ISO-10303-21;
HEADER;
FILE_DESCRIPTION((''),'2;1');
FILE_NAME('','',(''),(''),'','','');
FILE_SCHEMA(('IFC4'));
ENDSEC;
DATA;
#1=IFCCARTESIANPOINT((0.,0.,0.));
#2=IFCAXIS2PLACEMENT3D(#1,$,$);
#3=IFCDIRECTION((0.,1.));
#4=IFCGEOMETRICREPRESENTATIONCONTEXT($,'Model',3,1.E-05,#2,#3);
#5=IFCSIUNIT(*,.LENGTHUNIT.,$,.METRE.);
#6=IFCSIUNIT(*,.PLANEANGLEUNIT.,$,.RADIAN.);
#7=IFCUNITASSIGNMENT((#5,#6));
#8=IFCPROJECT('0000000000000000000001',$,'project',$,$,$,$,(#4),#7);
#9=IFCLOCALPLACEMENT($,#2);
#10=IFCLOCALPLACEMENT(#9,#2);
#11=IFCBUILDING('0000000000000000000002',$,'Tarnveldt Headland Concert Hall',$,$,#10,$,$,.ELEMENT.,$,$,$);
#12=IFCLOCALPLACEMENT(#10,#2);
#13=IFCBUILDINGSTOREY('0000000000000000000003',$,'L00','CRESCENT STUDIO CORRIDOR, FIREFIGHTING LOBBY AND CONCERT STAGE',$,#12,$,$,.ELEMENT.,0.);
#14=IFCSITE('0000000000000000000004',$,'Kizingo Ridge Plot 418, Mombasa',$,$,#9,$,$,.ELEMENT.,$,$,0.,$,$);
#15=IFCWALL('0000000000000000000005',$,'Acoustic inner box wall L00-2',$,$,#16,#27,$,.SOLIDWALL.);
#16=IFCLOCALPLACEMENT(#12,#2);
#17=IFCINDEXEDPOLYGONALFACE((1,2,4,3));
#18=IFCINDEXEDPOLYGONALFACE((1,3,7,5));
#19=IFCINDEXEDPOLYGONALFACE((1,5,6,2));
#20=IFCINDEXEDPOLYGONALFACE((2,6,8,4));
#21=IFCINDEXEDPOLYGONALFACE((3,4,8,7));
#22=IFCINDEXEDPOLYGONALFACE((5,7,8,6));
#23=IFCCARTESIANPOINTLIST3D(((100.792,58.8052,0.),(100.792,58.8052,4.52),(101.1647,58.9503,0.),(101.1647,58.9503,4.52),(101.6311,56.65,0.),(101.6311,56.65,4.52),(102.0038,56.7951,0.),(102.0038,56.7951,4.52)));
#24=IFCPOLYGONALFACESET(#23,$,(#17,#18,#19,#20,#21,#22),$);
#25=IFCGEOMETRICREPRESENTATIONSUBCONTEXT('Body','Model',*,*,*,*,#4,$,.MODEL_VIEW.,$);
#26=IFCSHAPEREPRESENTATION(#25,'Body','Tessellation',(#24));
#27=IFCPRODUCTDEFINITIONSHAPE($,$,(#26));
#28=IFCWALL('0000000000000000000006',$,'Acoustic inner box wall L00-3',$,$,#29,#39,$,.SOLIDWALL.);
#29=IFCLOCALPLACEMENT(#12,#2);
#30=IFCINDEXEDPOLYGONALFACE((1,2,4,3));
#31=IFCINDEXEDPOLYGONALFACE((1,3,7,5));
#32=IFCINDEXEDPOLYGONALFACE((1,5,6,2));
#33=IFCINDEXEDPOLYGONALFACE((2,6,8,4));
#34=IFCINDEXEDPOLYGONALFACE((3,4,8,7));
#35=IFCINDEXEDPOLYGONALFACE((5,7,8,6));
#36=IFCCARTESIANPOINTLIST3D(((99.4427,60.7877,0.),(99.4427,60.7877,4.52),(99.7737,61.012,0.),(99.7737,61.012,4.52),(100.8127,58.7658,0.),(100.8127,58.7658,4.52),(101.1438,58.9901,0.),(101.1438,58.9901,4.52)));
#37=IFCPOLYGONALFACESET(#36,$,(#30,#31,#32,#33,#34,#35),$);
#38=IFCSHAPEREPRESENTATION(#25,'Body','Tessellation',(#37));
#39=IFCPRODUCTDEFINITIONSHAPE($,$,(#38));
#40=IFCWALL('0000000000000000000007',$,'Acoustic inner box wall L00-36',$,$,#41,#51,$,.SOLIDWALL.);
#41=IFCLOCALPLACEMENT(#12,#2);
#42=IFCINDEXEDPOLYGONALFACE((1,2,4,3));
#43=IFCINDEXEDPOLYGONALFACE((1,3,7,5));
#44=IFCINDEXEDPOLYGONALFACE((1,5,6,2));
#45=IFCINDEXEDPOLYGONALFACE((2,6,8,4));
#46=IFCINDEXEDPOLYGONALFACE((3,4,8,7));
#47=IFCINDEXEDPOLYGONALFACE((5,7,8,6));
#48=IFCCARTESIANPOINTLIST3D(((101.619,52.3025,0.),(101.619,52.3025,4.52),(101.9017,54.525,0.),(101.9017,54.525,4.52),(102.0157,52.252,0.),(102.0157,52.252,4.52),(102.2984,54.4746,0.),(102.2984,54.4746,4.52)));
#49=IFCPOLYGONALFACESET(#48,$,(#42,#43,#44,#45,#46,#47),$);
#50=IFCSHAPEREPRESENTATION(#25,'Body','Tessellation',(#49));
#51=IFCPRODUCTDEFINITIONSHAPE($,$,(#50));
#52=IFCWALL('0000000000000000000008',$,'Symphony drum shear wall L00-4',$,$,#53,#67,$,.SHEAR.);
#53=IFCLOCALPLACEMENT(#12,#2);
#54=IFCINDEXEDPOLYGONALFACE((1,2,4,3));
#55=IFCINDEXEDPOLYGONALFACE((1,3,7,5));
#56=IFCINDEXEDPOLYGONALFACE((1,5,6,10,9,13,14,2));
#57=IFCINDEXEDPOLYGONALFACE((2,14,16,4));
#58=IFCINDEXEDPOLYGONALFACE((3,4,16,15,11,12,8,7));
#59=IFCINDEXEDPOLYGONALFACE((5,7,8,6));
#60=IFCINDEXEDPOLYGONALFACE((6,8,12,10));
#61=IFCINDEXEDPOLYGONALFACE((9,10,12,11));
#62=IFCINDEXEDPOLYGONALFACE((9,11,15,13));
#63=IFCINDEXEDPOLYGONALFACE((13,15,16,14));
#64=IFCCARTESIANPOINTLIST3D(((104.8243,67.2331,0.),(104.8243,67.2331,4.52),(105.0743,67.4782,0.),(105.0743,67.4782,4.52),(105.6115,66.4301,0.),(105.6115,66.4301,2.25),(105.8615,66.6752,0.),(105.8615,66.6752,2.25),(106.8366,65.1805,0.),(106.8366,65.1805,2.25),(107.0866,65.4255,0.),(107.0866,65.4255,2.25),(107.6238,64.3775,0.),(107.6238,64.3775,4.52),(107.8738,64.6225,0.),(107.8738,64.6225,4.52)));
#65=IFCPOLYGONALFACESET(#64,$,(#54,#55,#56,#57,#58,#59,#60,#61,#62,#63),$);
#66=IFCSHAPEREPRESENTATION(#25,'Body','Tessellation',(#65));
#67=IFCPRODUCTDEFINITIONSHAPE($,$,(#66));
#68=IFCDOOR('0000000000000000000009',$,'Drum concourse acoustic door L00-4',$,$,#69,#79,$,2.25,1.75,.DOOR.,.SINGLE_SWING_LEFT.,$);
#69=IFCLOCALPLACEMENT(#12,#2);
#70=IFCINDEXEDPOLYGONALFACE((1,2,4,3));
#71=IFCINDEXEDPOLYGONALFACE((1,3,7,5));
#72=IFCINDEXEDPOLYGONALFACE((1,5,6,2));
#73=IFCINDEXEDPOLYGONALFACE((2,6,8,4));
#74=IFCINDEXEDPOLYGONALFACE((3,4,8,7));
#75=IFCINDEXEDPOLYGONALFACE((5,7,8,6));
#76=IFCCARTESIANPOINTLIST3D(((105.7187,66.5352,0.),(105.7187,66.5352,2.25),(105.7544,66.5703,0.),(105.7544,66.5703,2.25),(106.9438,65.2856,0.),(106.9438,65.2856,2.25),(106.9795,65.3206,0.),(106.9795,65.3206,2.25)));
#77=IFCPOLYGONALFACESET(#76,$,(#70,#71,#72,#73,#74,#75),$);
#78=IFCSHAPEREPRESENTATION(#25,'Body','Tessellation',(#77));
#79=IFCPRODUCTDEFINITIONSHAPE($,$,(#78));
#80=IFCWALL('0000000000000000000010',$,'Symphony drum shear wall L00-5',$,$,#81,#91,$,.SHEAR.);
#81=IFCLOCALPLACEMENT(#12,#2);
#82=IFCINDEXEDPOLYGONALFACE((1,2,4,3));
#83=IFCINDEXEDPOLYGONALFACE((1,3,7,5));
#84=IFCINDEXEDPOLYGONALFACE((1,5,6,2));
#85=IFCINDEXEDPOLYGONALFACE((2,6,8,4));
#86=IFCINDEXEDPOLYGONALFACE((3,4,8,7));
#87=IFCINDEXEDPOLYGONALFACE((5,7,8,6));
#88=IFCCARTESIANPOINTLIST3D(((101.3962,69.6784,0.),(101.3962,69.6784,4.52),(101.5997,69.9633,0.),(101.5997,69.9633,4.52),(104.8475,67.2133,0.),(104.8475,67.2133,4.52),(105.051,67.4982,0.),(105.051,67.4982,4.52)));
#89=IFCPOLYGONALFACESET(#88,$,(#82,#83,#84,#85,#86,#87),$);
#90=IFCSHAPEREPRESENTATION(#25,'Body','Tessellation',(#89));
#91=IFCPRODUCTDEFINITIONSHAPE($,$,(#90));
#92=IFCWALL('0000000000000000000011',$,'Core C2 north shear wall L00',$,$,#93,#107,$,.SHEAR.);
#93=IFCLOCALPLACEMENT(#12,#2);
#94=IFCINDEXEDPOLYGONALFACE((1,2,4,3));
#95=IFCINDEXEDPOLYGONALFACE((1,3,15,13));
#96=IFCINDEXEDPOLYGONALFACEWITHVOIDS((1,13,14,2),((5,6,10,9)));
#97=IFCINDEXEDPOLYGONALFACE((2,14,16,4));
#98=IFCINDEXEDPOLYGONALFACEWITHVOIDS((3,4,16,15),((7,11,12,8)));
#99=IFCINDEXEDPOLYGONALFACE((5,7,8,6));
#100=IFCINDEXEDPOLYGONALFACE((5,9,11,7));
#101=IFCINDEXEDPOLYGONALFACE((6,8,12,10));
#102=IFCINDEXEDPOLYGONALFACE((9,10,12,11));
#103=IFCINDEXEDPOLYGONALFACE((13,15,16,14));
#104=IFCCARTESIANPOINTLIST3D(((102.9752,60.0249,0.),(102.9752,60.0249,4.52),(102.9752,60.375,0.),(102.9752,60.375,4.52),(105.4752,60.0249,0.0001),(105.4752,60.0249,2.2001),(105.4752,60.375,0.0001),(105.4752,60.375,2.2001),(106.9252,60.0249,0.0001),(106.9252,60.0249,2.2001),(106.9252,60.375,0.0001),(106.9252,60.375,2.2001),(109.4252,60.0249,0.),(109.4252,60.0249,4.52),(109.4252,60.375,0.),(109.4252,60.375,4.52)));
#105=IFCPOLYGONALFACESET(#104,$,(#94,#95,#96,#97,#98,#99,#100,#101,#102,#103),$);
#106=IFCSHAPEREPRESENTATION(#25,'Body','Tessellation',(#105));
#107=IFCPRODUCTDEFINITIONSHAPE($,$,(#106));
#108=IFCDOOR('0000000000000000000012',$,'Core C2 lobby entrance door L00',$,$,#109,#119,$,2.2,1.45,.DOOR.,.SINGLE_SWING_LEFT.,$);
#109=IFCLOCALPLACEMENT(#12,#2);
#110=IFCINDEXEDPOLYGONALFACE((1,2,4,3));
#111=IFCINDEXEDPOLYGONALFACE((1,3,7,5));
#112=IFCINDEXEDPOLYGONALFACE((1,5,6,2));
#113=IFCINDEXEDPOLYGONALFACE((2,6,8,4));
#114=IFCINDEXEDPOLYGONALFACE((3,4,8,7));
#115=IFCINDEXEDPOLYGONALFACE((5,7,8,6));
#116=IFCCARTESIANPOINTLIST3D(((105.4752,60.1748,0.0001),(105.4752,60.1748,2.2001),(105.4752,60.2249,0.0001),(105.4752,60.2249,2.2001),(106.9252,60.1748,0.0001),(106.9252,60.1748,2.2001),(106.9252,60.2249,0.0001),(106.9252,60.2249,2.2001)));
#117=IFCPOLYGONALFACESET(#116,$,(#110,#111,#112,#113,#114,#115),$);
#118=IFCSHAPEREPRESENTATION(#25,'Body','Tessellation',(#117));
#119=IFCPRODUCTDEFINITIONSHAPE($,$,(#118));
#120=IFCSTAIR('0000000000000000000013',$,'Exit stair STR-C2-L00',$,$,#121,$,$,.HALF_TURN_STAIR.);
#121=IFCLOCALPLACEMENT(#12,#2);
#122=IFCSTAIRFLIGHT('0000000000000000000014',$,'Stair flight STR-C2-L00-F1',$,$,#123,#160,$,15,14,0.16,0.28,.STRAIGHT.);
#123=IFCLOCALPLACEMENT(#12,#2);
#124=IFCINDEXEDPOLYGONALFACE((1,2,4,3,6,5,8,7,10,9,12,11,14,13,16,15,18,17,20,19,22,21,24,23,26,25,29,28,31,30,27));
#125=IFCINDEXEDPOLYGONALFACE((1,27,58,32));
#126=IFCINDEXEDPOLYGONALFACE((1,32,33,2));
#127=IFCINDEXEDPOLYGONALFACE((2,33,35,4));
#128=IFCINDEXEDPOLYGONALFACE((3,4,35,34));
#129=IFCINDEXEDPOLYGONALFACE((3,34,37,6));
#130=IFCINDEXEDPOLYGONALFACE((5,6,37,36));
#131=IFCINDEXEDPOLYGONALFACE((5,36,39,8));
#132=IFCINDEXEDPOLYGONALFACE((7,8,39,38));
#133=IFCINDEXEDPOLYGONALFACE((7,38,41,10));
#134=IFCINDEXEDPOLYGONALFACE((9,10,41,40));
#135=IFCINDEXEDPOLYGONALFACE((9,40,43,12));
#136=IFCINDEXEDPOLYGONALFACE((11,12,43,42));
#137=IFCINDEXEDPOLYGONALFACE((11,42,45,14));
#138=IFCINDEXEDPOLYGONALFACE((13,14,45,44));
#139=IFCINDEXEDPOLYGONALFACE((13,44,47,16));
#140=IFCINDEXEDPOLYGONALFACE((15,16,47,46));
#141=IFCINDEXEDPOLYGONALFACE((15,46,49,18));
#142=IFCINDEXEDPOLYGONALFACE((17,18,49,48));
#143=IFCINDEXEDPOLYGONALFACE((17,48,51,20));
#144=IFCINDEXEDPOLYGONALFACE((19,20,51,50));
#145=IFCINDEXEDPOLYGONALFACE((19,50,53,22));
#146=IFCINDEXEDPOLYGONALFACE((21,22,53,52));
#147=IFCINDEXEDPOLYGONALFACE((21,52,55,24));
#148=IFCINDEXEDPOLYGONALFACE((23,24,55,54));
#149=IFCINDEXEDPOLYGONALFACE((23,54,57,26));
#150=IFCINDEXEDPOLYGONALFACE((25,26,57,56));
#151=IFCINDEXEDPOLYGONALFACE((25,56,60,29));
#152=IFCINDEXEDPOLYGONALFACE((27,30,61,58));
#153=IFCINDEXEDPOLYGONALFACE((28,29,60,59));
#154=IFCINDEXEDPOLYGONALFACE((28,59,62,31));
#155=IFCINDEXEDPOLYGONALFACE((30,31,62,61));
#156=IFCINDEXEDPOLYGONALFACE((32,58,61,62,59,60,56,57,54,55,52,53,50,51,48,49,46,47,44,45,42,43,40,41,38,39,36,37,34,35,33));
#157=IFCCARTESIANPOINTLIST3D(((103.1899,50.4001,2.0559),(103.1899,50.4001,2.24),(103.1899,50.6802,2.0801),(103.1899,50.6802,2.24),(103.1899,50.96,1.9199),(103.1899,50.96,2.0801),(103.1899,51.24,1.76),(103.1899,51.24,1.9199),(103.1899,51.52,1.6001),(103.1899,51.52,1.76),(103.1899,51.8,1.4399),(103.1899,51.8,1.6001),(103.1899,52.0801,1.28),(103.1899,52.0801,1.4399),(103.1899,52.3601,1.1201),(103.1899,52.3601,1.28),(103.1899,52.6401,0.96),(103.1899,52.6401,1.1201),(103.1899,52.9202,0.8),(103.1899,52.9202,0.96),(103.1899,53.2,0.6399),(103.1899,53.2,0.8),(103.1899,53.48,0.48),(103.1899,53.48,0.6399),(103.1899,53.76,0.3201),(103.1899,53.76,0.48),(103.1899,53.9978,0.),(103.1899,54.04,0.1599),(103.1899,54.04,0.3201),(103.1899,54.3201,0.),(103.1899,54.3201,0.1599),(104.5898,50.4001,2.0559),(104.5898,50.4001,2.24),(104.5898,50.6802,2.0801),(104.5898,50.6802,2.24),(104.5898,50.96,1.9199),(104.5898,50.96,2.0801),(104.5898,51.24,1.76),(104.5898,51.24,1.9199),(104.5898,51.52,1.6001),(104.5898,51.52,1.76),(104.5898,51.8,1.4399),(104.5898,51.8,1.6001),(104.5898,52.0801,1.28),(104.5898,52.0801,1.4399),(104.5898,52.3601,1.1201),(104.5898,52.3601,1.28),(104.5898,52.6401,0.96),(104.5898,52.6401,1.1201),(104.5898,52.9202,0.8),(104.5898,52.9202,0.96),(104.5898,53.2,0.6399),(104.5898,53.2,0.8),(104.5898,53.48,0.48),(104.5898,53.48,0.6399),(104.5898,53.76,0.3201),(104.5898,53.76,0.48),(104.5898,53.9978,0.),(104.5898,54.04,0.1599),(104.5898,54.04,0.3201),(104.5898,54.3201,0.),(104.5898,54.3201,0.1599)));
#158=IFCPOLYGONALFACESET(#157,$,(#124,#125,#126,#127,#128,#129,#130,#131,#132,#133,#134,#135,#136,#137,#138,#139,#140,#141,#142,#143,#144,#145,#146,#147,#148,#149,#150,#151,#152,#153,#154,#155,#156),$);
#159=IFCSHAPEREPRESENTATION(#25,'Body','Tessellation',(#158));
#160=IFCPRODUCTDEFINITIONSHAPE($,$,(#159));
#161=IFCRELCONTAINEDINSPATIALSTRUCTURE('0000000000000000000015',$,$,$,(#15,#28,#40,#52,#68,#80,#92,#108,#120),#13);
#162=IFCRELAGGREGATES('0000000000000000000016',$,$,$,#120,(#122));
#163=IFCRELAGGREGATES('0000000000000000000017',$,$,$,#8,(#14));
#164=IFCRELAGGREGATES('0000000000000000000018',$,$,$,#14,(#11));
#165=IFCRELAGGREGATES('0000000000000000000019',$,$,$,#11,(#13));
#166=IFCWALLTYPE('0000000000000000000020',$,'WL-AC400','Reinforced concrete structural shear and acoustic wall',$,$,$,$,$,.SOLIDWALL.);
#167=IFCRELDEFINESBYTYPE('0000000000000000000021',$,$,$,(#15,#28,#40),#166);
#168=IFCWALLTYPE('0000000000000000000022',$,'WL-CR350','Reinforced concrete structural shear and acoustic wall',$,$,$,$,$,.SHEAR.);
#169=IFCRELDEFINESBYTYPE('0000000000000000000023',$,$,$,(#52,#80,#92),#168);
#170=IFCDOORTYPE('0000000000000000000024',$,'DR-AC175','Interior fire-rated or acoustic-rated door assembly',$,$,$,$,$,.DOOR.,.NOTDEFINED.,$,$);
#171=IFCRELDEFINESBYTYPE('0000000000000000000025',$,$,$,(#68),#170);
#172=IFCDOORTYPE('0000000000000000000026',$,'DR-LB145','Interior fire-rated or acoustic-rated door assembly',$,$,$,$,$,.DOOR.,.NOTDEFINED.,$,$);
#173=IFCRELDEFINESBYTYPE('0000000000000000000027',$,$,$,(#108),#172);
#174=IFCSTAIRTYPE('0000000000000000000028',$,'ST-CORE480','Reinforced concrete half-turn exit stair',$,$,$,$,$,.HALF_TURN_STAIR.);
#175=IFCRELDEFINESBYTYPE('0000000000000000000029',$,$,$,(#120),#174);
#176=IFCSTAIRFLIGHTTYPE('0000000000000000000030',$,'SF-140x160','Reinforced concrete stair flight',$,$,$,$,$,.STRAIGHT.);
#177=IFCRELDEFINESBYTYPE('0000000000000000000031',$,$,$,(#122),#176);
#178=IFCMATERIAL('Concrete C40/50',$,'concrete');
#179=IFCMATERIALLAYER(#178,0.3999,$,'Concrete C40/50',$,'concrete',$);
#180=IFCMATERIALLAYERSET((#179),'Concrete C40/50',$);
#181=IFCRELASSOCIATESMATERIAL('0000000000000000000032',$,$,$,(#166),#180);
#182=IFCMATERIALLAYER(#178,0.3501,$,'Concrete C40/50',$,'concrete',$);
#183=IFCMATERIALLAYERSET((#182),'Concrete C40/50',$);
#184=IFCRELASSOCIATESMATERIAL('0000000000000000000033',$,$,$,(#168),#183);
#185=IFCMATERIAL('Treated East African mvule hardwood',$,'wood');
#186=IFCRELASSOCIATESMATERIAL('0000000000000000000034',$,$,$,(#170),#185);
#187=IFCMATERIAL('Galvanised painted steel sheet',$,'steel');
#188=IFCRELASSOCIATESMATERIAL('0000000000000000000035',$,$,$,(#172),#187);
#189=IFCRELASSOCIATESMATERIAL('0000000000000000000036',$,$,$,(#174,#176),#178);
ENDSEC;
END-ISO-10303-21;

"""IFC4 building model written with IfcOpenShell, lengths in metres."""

from ifc_helpers import new_model, si_unit, direction, frame, frame_2d, origin, place, context, subcontext, project, spatial, polyline, rectangle, outline, extrude, material, layer, layer_set, type_object, element, fill, aggregate, save


model = new_model("IFC4")

# Units and contexts
model_context = context("Model", 3, precision=1e-05, world=origin(), true_north=direction((0.0, 1.0)))
body_context = subcontext(model_context, "Body", "Model", "MODEL_VIEW")
ifc_project = project(units=[si_unit("LENGTHUNIT", "METRE"), si_unit("PLANEANGLEUNIT", "RADIAN")], contexts=[model_context])

# Site, building, storey
site_placement = place(None, origin())
site = spatial("IfcSite", under=ifc_project, at=site_placement, Name="Kizingo Ridge Plot 418, Mombasa", CompositionType="ELEMENT", RefElevation=0.0)
building_placement = place(site_placement, origin())
building = spatial("IfcBuilding", under=site, at=building_placement, Name="Tarnveldt Headland Concert Hall", CompositionType="ELEMENT")
storey_placement = place(building_placement, origin())
storey = spatial("IfcBuildingStorey", under=building, at=storey_placement, Name="L00", Description="CRESCENT STUDIO CORRIDOR, FIREFIGHTING LOBBY AND CONCERT STAGE", CompositionType="ELEMENT", Elevation=0.0)

# Shared definitions
ifc_material_1 = material(Name="Concrete C40/50", Category="concrete")

# Walls
ifc_layer_1 = layer(ifc_material_1, 0.3999, Name="Concrete C40/50", Category="concrete")
ifc_layer_set_1 = layer_set([ifc_layer_1], Name="Concrete C40/50")
wall_type_1 = type_object("IfcWallType", Name="WL-AC400", Description="Reinforced concrete structural shear and acoustic wall", PredefinedType="SOLIDWALL", material=ifc_layer_set_1)
wall_1_placement = place(storey_placement, frame((101.8174, 56.7227, 0.0), z_axis=(0.0, 0.0, 1.0), x_axis=(-0.362803, 0.931866, 0.0)))
element("IfcWall", 1, at=wall_1_placement, inside=storey, type_object=wall_type_1, Name="Acoustic inner box wall L00-2", PredefinedType="SOLIDWALL", context=body_context, shape_type="SweptSolid", body=[
    extrude(rectangle(XDim=2.3127, YDim=0.3999, at=frame_2d((1.1562, 0.0))), origin(), (0.0, 0.0, 1.0), 4.52),
])
wall_2_placement = place(storey_placement, frame((100.9783, 58.8779, 0.0), z_axis=(0.0, 0.0, 1.0), x_axis=(-0.560959, 0.827844, 0.0)))
element("IfcWall", 2, at=wall_2_placement, inside=storey, type_object=wall_type_1, Name="Acoustic inner box wall L00-3", PredefinedType="SOLIDWALL", context=body_context, shape_type="SweptSolid", body=[
    extrude(rectangle(XDim=2.4424, YDim=0.3999, at=frame_2d((1.2212, 0.0))), origin(), (0.0, 0.0, 1.0), 4.52),
])
wall_3_placement = place(storey_placement, frame((101.8174, 52.2773, 0.0), z_axis=(0.0, 0.0, 1.0), x_axis=(0.12618, 0.992007, 0.0)))
element("IfcWall", 3, at=wall_3_placement, inside=storey, type_object=wall_type_1, Name="Acoustic inner box wall L00-36", PredefinedType="SOLIDWALL", context=body_context, shape_type="SweptSolid", body=[
    extrude(rectangle(XDim=2.2405, YDim=0.3999, at=frame_2d((1.1201, 0.0))), origin(), (0.0, 0.0, 1.0), 4.52),
])

# Wall, opening, door
ifc_layer_2 = layer(ifc_material_1, 0.3501, Name="Concrete C40/50", Category="concrete")
ifc_layer_set_2 = layer_set([ifc_layer_2], Name="Concrete C40/50")
wall_type_2 = type_object("IfcWallType", Name="WL-CR350", Description="Reinforced concrete structural shear and acoustic wall", PredefinedType="SHEAR", material=ifc_layer_set_2)
wall_4_placement = place(storey_placement, frame((107.7488, 64.5, 0.0), z_axis=(0.0, 0.0, 1.0), x_axis=(-0.700051, 0.714093, 0.0)))
wall_4 = element("IfcWall", 4, at=wall_4_placement, inside=storey, type_object=wall_type_2, Name="Symphony drum shear wall L00-4", PredefinedType="SHEAR", context=body_context, shape_type="SweptSolid", body=[
    extrude(rectangle(XDim=3.999, YDim=0.3501, at=frame_2d((1.9995, 0.0))), origin(), (0.0, 0.0, 1.0), 4.52),
])
opening_1_placement = place(wall_4_placement, frame((1.1245, 0.0, 0.0)))
opening_1 = element("IfcOpeningElement", 5, at=opening_1_placement, cuts=wall_4, PredefinedType="OPENING", context=body_context, shape_type="SweptSolid", body=[
    extrude(rectangle(XDim=1.75, YDim=2.25, at=frame_2d((0.875, 1.125))), frame((0.0, 0.1851, 0.0), z_axis=(0.0, -1.0, 0.0), x_axis=(1.0, 0.0, 0.0)), (0.0, 0.0, 1.0), 0.3701),
])
ifc_material_2 = material(Name="Treated East African mvule hardwood", Category="wood")
door_type_1 = type_object("IfcDoorType", Name="DR-AC175", Description="Interior fire-rated or acoustic-rated door assembly", OperationType="NOTDEFINED", PredefinedType="DOOR", material=ifc_material_2)
door_1_placement = place(opening_1_placement, origin())
door_1 = element("IfcDoor", 6, at=door_1_placement, inside=storey, type_object=door_type_1, Name="Drum concourse acoustic door L00-4", OperationType="SINGLE_SWING_LEFT", OverallHeight=2.25, OverallWidth=1.75, PredefinedType="DOOR", context=body_context, shape_type="SweptSolid", body=[
    extrude(rectangle(XDim=1.75, YDim=2.25, at=frame_2d((0.875, 1.125))), frame((0.0, 0.0249, 0.0), z_axis=(0.0, -1.0, 0.0), x_axis=(1.0, 0.0, 0.0)), (0.0, 0.0, 1.0), 0.05),
])
fill(opening_1, door_1)

# Wall
wall_5_placement = place(storey_placement, frame((104.9492, 67.3557, 0.0), z_axis=(0.0, 0.0, 1.0), x_axis=(-0.813737, 0.581233, 0.0)))
element("IfcWall", 7, at=wall_5_placement, inside=storey, type_object=wall_type_2, Name="Symphony drum shear wall L00-5", PredefinedType="SHEAR", context=body_context, shape_type="SweptSolid", body=[
    extrude(rectangle(XDim=4.2412, YDim=0.3501, at=frame_2d((2.1206, 0.0))), origin(), (0.0, 0.0, 1.0), 4.52),
])

# Wall, opening, door
wall_6_placement = place(storey_placement, frame((102.9751, 60.2, 0.0), z_axis=(0.0, 0.0, 1.0), x_axis=(1.0, 0.0, 0.0)))
wall_6 = element("IfcWall", 8, at=wall_6_placement, inside=storey, type_object=wall_type_2, Name="Core C2 north shear wall L00", PredefinedType="SHEAR", context=body_context, shape_type="SweptSolid", body=[
    extrude(rectangle(XDim=6.45, YDim=0.3501, at=frame_2d((3.2251, 0.0))), origin(), (0.0, 0.0, 1.0), 4.52),
])
opening_2_placement = place(wall_6_placement, frame((2.5, 0.0, 0.0)))
opening_2 = element("IfcOpeningElement", 9, at=opening_2_placement, cuts=wall_6, PredefinedType="OPENING", context=body_context, shape_type="SweptSolid", body=[
    extrude(rectangle(XDim=1.45, YDim=2.2, at=frame_2d((0.7251, 1.1001))), frame((0.0, 0.1851, 0.0), z_axis=(0.0, -1.0, 0.0), x_axis=(1.0, 0.0, 0.0)), (0.0, 0.0, 1.0), 0.3701),
])
ifc_material_3 = material(Name="Galvanised painted steel sheet", Category="steel")
door_type_2 = type_object("IfcDoorType", Name="DR-LB145", Description="Interior fire-rated or acoustic-rated door assembly", OperationType="NOTDEFINED", PredefinedType="DOOR", material=ifc_material_3)
door_2_placement = place(opening_2_placement, origin())
door_2 = element("IfcDoor", 10, at=door_2_placement, inside=storey, type_object=door_type_2, Name="Core C2 lobby entrance door L00", OperationType="SINGLE_SWING_LEFT", OverallHeight=2.2, OverallWidth=1.45, PredefinedType="DOOR", context=body_context, shape_type="SweptSolid", body=[
    extrude(rectangle(XDim=1.45, YDim=2.2, at=frame_2d((0.7251, 1.1001))), frame((0.0, 0.0249, 0.0), z_axis=(0.0, -1.0, 0.0), x_axis=(1.0, 0.0, 0.0)), (0.0, 0.0, 1.0), 0.05),
])
fill(opening_2, door_2)

# Stair, stair flight
stair_type = type_object("IfcStairType", Name="ST-CORE480", Description="Reinforced concrete half-turn exit stair", PredefinedType="HALF_TURN_STAIR", material=ifc_material_1)
stair_placement = place(storey_placement, origin())
stair = element("IfcStair", 11, at=stair_placement, inside=storey, type_object=stair_type, Name="Exit stair STR-C2-L00", PredefinedType="HALF_TURN_STAIR")
stair_flight_type = type_object("IfcStairFlightType", Name="SF-140x160", Description="Reinforced concrete stair flight", PredefinedType="STRAIGHT", material=ifc_material_1)
stair_flight_placement = place(storey_placement, frame((103.8899, 54.3201, 0.0), z_axis=(0.0, 0.0, 1.0), x_axis=(0.0, -1.0, 0.0)))
stair_flight = element("IfcStairFlight", 12, at=stair_flight_placement, type_object=stair_flight_type, Name="Stair flight STR-C2-L00-F1", NumberOfRisers=15, NumberOfTreads=14, PredefinedType="STRAIGHT", RiserHeight=0.16, TreadLength=0.28, context=body_context, shape_type="SweptSolid", body=[
    extrude(outline(polyline([(0.0, 0.0), (0.0, 0.1599), (0.28, 0.1599), (0.28, 0.3201), (0.5601, 0.3201), (0.5601, 0.48), (0.8401, 0.48), (0.8401, 0.6399), (1.1201, 0.6399), (1.1201, 0.8), (1.3999, 0.8), (1.3999, 0.96), (1.6799, 0.96), (1.6799, 1.1201), (1.96, 1.1201), (1.96, 1.28), (2.24, 1.28), (2.24, 1.4399), (2.52, 1.4399), (2.52, 1.6001), (2.8, 1.6001), (2.8, 1.76), (3.0801, 1.76), (3.0801, 1.9199), (3.3601, 1.9199), (3.3601, 2.0801), (3.6399, 2.0801), (3.6399, 2.24), (3.9199, 2.24), (3.9199, 2.3999), (3.9199, 2.0559), (0.3223, 0.0), (0.0, 0.0)])), frame((0.0, 0.7, 0.0), z_axis=(0.0, -1.0, 0.0), x_axis=(1.0, 0.0, 0.0)), (0.0, 0.0, 1.0), 1.3999),
])
aggregate(stair, [stair_flight])

save(model, "model.ifc")
